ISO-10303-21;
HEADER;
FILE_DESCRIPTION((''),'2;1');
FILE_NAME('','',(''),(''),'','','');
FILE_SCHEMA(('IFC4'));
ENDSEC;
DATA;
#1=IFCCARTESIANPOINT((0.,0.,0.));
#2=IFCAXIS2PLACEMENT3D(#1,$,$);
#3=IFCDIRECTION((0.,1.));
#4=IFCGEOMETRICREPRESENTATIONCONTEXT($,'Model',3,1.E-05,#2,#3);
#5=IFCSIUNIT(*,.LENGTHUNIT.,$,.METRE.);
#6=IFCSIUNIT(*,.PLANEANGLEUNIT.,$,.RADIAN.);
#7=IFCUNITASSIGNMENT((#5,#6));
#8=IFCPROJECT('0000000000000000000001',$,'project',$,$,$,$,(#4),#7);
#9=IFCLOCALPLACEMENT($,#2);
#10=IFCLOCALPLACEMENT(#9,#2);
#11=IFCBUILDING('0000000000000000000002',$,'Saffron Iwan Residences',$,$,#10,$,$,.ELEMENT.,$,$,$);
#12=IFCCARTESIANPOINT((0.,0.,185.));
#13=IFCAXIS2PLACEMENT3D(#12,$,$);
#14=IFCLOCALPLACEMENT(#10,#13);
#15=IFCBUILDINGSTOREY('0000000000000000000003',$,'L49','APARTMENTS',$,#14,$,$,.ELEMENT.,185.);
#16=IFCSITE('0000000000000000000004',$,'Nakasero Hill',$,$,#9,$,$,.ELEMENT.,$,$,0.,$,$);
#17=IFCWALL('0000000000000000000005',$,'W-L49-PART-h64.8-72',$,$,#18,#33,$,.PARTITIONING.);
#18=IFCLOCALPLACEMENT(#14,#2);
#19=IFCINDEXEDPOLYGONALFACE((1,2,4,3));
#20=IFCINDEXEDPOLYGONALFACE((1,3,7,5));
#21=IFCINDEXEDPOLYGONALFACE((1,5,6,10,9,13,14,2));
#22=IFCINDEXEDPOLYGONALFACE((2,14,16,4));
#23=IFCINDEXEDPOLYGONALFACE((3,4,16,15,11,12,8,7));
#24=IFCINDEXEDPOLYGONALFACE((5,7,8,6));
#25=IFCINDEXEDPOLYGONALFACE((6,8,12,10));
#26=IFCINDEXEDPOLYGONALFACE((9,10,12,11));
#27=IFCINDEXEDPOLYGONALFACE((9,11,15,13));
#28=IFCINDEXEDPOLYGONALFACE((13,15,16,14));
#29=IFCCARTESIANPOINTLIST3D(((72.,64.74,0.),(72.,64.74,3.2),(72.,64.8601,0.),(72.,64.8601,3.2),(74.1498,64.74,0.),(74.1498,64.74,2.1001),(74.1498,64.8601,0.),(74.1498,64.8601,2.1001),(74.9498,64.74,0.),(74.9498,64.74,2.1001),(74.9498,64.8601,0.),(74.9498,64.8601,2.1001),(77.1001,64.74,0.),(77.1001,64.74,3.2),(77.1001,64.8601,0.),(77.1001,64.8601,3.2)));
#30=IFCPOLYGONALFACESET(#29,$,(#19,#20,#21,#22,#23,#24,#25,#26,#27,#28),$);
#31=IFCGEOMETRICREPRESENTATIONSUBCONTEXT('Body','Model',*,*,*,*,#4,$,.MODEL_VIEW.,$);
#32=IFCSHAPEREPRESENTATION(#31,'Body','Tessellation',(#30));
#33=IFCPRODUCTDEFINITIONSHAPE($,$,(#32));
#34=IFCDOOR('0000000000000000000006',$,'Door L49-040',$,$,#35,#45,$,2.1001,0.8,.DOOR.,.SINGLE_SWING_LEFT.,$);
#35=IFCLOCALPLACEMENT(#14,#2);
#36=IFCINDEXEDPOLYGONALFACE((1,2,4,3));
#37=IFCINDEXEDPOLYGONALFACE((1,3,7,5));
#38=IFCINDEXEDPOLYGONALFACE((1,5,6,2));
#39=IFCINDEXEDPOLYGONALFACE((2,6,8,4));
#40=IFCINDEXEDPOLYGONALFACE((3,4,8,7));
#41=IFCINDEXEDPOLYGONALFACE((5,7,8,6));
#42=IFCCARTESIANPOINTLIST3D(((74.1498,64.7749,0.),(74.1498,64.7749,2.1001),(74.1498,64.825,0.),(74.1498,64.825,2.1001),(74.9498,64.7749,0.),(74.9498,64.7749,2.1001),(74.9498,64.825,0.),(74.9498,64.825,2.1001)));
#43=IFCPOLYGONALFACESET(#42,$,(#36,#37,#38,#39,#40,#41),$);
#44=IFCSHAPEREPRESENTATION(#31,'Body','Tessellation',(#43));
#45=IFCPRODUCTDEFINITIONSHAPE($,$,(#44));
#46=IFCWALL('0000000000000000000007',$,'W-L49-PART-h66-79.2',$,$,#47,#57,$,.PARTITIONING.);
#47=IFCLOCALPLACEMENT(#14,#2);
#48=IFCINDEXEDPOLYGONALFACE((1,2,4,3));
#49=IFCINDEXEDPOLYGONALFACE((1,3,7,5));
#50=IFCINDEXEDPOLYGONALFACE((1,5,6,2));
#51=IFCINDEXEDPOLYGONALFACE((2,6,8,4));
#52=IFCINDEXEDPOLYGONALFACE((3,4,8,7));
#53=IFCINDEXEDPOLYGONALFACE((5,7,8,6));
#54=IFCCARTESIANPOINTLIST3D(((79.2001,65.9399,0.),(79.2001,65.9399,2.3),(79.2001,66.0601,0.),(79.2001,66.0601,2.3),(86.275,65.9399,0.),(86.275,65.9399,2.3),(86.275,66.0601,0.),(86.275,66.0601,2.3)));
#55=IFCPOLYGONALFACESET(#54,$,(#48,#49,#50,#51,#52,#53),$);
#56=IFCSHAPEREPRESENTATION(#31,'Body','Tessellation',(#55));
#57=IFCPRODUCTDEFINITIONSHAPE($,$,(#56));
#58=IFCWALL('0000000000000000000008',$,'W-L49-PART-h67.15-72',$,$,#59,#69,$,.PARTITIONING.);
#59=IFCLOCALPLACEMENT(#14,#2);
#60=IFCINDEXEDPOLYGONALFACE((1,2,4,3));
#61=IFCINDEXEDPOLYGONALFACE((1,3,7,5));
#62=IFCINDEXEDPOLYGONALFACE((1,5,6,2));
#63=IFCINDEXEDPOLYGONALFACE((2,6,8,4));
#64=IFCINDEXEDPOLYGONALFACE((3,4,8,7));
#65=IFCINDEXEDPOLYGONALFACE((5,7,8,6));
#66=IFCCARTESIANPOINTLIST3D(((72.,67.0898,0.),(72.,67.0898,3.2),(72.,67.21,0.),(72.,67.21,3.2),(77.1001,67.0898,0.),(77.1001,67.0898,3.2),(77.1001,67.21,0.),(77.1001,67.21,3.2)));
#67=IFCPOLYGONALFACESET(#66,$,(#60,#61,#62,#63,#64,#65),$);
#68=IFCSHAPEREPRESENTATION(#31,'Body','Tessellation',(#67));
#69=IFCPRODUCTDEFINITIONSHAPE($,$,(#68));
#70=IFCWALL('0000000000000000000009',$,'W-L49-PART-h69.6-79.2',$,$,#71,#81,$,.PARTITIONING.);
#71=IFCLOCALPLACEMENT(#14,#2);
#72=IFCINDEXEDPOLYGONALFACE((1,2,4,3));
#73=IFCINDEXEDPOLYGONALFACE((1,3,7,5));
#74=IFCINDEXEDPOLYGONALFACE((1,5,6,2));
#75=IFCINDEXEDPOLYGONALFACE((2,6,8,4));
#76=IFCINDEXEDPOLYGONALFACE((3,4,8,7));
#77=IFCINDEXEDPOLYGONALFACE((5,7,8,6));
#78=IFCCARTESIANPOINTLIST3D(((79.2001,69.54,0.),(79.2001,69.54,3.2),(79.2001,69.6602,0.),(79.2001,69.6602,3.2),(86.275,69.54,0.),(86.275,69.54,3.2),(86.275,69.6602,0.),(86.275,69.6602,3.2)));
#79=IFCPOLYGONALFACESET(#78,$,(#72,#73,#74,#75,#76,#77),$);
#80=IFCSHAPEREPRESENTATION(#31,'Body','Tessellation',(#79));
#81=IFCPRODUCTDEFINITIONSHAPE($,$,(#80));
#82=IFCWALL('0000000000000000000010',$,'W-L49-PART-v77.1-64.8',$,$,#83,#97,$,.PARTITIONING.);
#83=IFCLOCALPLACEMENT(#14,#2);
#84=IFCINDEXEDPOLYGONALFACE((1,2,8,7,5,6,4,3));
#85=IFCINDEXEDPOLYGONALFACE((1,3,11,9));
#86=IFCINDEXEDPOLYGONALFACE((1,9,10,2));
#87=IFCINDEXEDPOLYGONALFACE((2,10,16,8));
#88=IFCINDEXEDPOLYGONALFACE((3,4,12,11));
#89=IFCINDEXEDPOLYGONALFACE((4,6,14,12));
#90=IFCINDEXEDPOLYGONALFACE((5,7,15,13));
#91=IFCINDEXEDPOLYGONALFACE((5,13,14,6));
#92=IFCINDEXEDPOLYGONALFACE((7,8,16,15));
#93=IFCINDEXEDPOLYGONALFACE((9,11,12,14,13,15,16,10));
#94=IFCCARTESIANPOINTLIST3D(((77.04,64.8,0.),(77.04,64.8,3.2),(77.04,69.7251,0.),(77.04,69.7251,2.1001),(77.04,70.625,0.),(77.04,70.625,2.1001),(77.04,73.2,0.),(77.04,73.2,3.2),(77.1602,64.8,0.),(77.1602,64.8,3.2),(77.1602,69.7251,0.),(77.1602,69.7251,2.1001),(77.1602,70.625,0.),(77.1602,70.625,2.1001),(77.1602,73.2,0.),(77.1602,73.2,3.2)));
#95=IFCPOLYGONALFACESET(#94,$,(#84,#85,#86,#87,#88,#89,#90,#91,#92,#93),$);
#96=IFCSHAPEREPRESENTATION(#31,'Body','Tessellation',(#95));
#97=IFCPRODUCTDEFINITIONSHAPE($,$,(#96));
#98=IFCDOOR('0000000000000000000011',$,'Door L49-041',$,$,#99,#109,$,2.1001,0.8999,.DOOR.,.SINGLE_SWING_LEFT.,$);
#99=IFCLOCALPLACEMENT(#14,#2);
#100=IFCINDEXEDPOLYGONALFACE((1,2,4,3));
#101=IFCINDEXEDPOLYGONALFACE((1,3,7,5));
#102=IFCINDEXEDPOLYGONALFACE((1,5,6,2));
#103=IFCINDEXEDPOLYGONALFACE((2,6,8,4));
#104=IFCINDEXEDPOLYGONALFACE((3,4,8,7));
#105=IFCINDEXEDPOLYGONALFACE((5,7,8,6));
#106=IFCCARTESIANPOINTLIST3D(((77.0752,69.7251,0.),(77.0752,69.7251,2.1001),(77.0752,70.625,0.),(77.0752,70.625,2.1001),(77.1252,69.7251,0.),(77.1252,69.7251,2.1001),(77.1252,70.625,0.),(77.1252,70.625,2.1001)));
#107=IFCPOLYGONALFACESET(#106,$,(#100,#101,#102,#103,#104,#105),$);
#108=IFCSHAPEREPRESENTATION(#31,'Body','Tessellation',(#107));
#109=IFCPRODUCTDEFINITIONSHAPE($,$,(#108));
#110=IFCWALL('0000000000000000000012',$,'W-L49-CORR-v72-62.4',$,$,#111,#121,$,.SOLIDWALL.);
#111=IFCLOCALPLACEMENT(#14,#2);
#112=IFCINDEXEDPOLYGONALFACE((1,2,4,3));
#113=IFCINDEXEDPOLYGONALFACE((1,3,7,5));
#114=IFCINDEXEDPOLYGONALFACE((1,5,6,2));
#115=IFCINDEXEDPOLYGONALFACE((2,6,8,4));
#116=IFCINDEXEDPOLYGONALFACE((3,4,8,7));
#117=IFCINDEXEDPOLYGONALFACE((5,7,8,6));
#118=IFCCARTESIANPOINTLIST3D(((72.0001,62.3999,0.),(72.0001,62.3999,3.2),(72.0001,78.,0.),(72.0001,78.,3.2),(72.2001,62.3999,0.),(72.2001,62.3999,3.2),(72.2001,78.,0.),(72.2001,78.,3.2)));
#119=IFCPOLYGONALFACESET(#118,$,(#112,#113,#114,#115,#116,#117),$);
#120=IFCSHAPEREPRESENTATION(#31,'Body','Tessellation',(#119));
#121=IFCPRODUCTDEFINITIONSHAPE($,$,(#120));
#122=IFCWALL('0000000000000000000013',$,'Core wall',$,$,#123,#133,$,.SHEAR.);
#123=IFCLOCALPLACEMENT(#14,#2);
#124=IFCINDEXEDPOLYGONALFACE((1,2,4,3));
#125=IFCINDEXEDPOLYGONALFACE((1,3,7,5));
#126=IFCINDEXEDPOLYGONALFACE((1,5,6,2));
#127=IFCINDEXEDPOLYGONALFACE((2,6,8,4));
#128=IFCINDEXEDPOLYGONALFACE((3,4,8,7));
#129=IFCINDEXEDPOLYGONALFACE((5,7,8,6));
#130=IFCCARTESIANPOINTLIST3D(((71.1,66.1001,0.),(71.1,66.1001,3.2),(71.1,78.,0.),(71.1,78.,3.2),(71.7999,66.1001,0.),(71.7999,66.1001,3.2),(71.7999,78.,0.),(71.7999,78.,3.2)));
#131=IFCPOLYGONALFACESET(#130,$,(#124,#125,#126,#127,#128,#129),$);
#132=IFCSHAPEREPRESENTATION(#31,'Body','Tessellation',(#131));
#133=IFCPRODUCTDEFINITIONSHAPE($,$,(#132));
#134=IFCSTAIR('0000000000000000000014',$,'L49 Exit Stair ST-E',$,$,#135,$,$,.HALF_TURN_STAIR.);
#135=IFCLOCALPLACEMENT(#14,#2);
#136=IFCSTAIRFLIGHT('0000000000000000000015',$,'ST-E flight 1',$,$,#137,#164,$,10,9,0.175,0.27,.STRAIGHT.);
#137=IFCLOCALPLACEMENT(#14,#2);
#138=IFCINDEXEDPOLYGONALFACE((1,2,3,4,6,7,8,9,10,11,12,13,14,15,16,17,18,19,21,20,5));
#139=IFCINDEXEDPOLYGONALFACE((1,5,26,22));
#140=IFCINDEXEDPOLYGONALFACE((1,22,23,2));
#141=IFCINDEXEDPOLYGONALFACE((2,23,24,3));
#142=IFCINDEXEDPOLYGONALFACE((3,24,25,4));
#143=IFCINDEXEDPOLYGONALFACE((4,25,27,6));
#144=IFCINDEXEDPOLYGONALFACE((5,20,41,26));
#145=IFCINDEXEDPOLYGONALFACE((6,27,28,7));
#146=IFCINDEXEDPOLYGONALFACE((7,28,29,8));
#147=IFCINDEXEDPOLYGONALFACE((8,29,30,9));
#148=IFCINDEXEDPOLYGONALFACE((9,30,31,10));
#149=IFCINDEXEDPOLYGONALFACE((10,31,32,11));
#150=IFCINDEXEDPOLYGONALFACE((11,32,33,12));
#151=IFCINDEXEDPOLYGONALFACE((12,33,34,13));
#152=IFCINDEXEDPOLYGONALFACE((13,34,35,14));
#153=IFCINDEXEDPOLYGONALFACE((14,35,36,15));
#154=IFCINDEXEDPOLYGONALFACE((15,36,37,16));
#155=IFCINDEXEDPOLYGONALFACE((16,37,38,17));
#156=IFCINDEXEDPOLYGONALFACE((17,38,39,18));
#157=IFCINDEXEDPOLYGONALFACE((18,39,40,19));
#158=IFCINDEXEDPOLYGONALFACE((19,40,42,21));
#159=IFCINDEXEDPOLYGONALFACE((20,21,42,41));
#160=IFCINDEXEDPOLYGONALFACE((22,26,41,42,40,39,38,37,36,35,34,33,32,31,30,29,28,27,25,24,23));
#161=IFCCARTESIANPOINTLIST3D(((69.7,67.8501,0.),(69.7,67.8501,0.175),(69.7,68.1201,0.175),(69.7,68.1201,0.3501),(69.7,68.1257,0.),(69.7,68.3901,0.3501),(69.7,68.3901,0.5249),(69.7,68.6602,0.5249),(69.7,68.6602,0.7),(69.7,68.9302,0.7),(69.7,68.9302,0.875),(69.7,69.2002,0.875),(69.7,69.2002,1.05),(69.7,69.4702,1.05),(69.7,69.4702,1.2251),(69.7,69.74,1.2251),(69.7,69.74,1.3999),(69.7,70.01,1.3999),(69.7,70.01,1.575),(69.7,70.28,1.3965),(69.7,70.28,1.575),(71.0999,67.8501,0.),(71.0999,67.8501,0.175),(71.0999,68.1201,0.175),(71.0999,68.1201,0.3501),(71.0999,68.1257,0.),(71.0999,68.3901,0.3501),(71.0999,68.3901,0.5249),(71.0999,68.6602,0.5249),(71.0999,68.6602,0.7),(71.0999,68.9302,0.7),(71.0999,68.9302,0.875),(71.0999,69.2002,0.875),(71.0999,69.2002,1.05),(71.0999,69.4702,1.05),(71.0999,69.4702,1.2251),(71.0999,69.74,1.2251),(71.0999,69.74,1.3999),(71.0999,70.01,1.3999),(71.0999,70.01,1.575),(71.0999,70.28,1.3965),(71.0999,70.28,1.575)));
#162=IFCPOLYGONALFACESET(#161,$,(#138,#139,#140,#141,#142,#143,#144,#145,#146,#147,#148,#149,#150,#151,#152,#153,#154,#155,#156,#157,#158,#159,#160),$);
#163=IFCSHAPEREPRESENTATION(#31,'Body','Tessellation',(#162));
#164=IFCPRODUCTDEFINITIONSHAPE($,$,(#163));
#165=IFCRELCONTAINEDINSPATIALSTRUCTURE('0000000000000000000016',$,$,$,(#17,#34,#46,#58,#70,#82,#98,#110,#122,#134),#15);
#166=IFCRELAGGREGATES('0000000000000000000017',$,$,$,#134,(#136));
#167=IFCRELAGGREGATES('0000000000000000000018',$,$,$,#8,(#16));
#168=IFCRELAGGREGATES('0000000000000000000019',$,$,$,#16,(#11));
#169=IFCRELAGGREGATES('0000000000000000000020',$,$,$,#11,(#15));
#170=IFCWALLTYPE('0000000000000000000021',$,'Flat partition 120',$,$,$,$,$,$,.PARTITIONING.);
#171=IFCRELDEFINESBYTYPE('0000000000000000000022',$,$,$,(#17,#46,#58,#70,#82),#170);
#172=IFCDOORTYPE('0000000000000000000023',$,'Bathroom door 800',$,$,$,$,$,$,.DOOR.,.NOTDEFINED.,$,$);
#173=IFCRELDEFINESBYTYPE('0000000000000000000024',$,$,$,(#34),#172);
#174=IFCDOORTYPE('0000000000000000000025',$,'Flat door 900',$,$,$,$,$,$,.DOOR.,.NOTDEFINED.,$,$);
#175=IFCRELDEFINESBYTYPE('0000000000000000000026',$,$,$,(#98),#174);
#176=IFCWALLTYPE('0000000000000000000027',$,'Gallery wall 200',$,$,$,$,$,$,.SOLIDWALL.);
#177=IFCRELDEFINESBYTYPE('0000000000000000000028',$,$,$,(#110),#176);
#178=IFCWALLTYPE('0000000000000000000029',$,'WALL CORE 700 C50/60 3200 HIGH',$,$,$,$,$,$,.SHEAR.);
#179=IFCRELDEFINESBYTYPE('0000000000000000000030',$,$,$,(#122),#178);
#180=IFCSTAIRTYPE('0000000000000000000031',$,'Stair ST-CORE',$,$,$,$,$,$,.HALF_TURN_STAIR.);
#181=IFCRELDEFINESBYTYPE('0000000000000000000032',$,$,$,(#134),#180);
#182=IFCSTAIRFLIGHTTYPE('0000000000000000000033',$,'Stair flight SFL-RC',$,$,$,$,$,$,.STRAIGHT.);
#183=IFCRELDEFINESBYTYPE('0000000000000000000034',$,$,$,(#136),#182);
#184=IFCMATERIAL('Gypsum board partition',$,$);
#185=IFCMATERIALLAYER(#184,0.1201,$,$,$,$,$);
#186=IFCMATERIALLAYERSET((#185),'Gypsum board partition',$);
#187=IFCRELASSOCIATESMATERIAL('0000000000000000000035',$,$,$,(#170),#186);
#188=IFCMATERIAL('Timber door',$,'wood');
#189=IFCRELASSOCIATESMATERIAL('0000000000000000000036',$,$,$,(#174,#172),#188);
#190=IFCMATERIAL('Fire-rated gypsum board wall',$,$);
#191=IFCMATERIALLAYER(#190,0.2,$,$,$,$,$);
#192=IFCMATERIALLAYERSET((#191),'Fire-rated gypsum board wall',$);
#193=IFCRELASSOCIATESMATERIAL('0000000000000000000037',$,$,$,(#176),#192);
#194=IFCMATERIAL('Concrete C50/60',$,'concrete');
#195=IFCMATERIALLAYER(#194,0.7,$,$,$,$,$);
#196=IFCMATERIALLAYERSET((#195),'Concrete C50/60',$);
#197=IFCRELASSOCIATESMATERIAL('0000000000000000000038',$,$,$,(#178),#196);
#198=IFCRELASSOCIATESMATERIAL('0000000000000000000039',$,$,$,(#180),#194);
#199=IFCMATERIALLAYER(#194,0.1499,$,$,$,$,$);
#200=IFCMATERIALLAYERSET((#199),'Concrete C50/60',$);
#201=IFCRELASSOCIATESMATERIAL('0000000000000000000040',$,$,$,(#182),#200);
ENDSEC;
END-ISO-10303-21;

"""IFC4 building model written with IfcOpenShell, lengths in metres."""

from ifc_helpers import new_model, si_unit, direction, frame, frame_2d, origin, place, context, subcontext, project, spatial, polyline, rectangle, outline, extrude, material, layer, layer_set, type_object, element, fill, aggregate, save


model = new_model("IFC4")

# Units and contexts
model_context = context("Model", 3, precision=1e-05, world=origin(), true_north=direction((0.0, 1.0)))
body_context = subcontext(model_context, "Body", "Model", "MODEL_VIEW")
ifc_project = project(units=[si_unit("LENGTHUNIT", "METRE"), si_unit("PLANEANGLEUNIT", "RADIAN")], contexts=[model_context])

# Site, building, storey
site_placement = place(None, origin())
site = spatial("IfcSite", under=ifc_project, at=site_placement, Name="Nakasero Hill", CompositionType="ELEMENT", RefElevation=0.0)
building_placement = place(site_placement, origin())
building = spatial("IfcBuilding", under=site, at=building_placement, Name="Saffron Iwan Residences", CompositionType="ELEMENT")
storey_placement = place(building_placement, frame((0.0, 0.0, 185.0)))
storey = spatial("IfcBuildingStorey", under=building, at=storey_placement, Name="L49", Description="APARTMENTS", CompositionType="ELEMENT", Elevation=185.0)

# Shared definitions
ifc_material_1 = material(Name="Concrete C50/60", Category="concrete")

# Shared definitions
ifc_material_2 = material(Name="Fire-rated gypsum board wall")

# Wall, opening, door
ifc_material_3 = material(Name="Gypsum board partition")
ifc_layer_1 = layer(ifc_material_3, 0.1201)
ifc_layer_set_1 = layer_set([ifc_layer_1], Name="Gypsum board partition")
wall_type_1 = type_object("IfcWallType", Name="Flat partition 120", PredefinedType="PARTITIONING", material=ifc_layer_set_1)
ifc_material_4 = material(Name="Timber door", Category="wood")
door_type_1 = type_object("IfcDoorType", Name="Flat door 900", OperationType="NOTDEFINED", PredefinedType="DOOR", material=ifc_material_4)
wall_1_placement = place(storey_placement, frame((72.0, 64.8, 0.0), z_axis=(0.0, 0.0, 1.0), x_axis=(1.0, 0.0, 0.0)))
wall_1 = element("IfcWall", 1, at=wall_1_placement, inside=storey, type_object=wall_type_1, Name="W-L49-PART-h64.8-72", PredefinedType="PARTITIONING", context=body_context, shape_type="SweptSolid", body=[
    extrude(rectangle(XDim=5.1001, YDim=0.1201, at=frame_2d((2.55, 0.0))), origin(), (0.0, 0.0, 1.0), 3.2),
])
opening_1_placement = place(wall_1_placement, frame((2.1499, 0.0, 0.0)))
opening_1 = element("IfcOpeningElement", 2, at=opening_1_placement, cuts=wall_1, PredefinedType="OPENING", context=body_context, shape_type="SweptSolid", body=[
    extrude(rectangle(XDim=0.8, YDim=2.1001, at=frame_2d((0.3999, 1.05))), frame((0.0, 0.0701, 0.0), z_axis=(0.0, -1.0, 0.0), x_axis=(1.0, 0.0, 0.0)), (0.0, 0.0, 1.0), 0.1401),
])
door_type_2 = type_object("IfcDoorType", Name="Bathroom door 800", OperationType="NOTDEFINED", PredefinedType="DOOR", material=ifc_material_4)
door_1_placement = place(opening_1_placement, origin())
door_1 = element("IfcDoor", 3, at=door_1_placement, inside=storey, type_object=door_type_2, Name="Door L49-040", OperationType="SINGLE_SWING_LEFT", OverallHeight=2.1001, OverallWidth=0.8, PredefinedType="DOOR", context=body_context, shape_type="SweptSolid", body=[
    extrude(rectangle(XDim=0.8, YDim=2.1001, at=frame_2d((0.3999, 1.05))), frame((0.0, 0.0249, 0.0), z_axis=(0.0, -1.0, 0.0), x_axis=(1.0, 0.0, 0.0)), (0.0, 0.0, 1.0), 0.05),
])
fill(opening_1, door_1)

# Walls
wall_2_placement = place(storey_placement, frame((79.2, 66.0, 0.0), z_axis=(0.0, 0.0, 1.0), x_axis=(1.0, 0.0, 0.0)))
element("IfcWall", 4, at=wall_2_placement, inside=storey, type_object=wall_type_1, Name="W-L49-PART-h66-79.2", PredefinedType="PARTITIONING", context=body_context, shape_type="SweptSolid", body=[
    extrude(rectangle(XDim=7.075, YDim=0.1201, at=frame_2d((3.5376, 0.0))), origin(), (0.0, 0.0, 1.0), 2.3),
])
wall_3_placement = place(storey_placement, frame((72.0, 67.1499, 0.0), z_axis=(0.0, 0.0, 1.0), x_axis=(1.0, 0.0, 0.0)))
element("IfcWall", 5, at=wall_3_placement, inside=storey, type_object=wall_type_1, Name="W-L49-PART-h67.15-72", PredefinedType="PARTITIONING", context=body_context, shape_type="SweptSolid", body=[
    extrude(rectangle(XDim=5.1001, YDim=0.1201, at=frame_2d((2.55, 0.0))), origin(), (0.0, 0.0, 1.0), 3.2),
])
wall_4_placement = place(storey_placement, frame((79.2, 69.6001, 0.0), z_axis=(0.0, 0.0, 1.0), x_axis=(1.0, 0.0, 0.0)))
element("IfcWall", 6, at=wall_4_placement, inside=storey, type_object=wall_type_1, Name="W-L49-PART-h69.6-79.2", PredefinedType="PARTITIONING", context=body_context, shape_type="SweptSolid", body=[
    extrude(rectangle(XDim=7.075, YDim=0.1201, at=frame_2d((3.5376, 0.0))), origin(), (0.0, 0.0, 1.0), 3.2),
])

# Wall, opening, door
wall_5_placement = place(storey_placement, frame((77.1001, 64.8, 0.0), z_axis=(0.0, 0.0, 1.0), x_axis=(0.0, 1.0, 0.0)))
wall_5 = element("IfcWall", 7, at=wall_5_placement, inside=storey, type_object=wall_type_1, Name="W-L49-PART-v77.1-64.8", PredefinedType="PARTITIONING", context=body_context, shape_type="SweptSolid", body=[
    extrude(rectangle(XDim=8.3999, YDim=0.1201, at=frame_2d((4.2, 0.0))), origin(), (0.0, 0.0, 1.0), 3.2),
])
opening_2_placement = place(wall_5_placement, frame((4.925, 0.0, 0.0)))
opening_2 = element("IfcOpeningElement", 8, at=opening_2_placement, cuts=wall_5, PredefinedType="OPENING", context=body_context, shape_type="SweptSolid", body=[
    extrude(rectangle(XDim=0.8999, YDim=2.1001, at=frame_2d((0.45, 1.05))), frame((0.0, 0.0701, 0.0), z_axis=(0.0, -1.0, 0.0), x_axis=(1.0, 0.0, 0.0)), (0.0, 0.0, 1.0), 0.1401),
])
door_2_placement = place(opening_2_placement, origin())
door_2 = element("IfcDoor", 9, at=door_2_placement, inside=storey, type_object=door_type_1, Name="Door L49-041", OperationType="SINGLE_SWING_LEFT", OverallHeight=2.1001, OverallWidth=0.8999, PredefinedType="DOOR", context=body_context, shape_type="SweptSolid", body=[
    extrude(rectangle(XDim=0.8999, YDim=2.1001, at=frame_2d((0.45, 1.05))), frame((0.0, 0.0249, 0.0), z_axis=(0.0, -1.0, 0.0), x_axis=(1.0, 0.0, 0.0)), (0.0, 0.0, 1.0), 0.05),
])
fill(opening_2, door_2)

# Walls
ifc_layer_2 = layer(ifc_material_2, 0.2)
ifc_layer_set_2 = layer_set([ifc_layer_2], Name="Fire-rated gypsum board wall")
wall_type_2 = type_object("IfcWallType", Name="Gallery wall 200", PredefinedType="SOLIDWALL", material=ifc_layer_set_2)
wall_6_placement = place(storey_placement, frame((72.1001, 62.3999, 0.0), z_axis=(0.0, 0.0, 1.0), x_axis=(0.0, 1.0, 0.0)))
element("IfcWall", 10, at=wall_6_placement, inside=storey, type_object=wall_type_2, Name="W-L49-CORR-v72-62.4", PredefinedType="SOLIDWALL", context=body_context, shape_type="SweptSolid", body=[
    extrude(rectangle(XDim=15.6001, YDim=0.2, at=frame_2d((7.8, 0.0))), origin(), (0.0, 0.0, 1.0), 3.2),
])
ifc_layer_3 = layer(ifc_material_1, 0.7)
ifc_layer_set_3 = layer_set([ifc_layer_3], Name="Concrete C50/60")
wall_type_3 = type_object("IfcWallType", Name="WALL CORE 700 C50/60 3200 HIGH", PredefinedType="SHEAR", material=ifc_layer_set_3)
wall_7_placement = place(storey_placement, frame((71.45, 66.1001, 0.0), z_axis=(0.0, 0.0, 1.0), x_axis=(0.0, 1.0, 0.0)))
element("IfcWall", 11, at=wall_7_placement, inside=storey, type_object=wall_type_3, Name="Core wall", PredefinedType="SHEAR", context=body_context, shape_type="SweptSolid", body=[
    extrude(rectangle(XDim=11.8999, YDim=0.7, at=frame_2d((5.95, 0.0))), origin(), (0.0, 0.0, 1.0), 3.2),
])

# Stair, stair flight
stair_type = type_object("IfcStairType", Name="Stair ST-CORE", PredefinedType="HALF_TURN_STAIR", material=ifc_material_1)
stair_placement = place(storey_placement, origin())
stair = element("IfcStair", 12, at=stair_placement, inside=storey, type_object=stair_type, Name="L49 Exit Stair ST-E", PredefinedType="HALF_TURN_STAIR")
ifc_layer_4 = layer(ifc_material_1, 0.1499)
ifc_layer_set_4 = layer_set([ifc_layer_4], Name="Concrete C50/60")
stair_flight_type = type_object("IfcStairFlightType", Name="Stair flight SFL-RC", PredefinedType="STRAIGHT", material=ifc_layer_set_4)
stair_flight_placement = place(storey_placement, frame((70.3999, 67.8501, 0.0), z_axis=(0.0, 0.0, 1.0), x_axis=(0.0, 1.0, 0.0)))
stair_flight = element("IfcStairFlight", 13, at=stair_flight_placement, type_object=stair_flight_type, Name="ST-E flight 1", NumberOfRisers=10, NumberOfTreads=9, PredefinedType="STRAIGHT", RiserHeight=0.175, TreadLength=0.27, context=body_context, shape_type="SweptSolid", body=[
    extrude(outline(polyline([(0.0, 0.0), (0.0, 0.175), (0.27, 0.175), (0.27, 0.3501), (0.54, 0.3501), (0.54, 0.5249), (0.8101, 0.5249), (0.8101, 0.7), (1.0801, 0.7), (1.0801, 0.875), (1.3501, 0.875), (1.3501, 1.05), (1.6201, 1.05), (1.6201, 1.2251), (1.8899, 1.2251), (1.8899, 1.3999), (2.1599, 1.3999), (2.1599, 1.575), (2.4299, 1.575), (2.4299, 1.75), (2.4299, 1.3965), (0.2756, 0.0), (0.0, 0.0)])), frame((0.0, 0.7, 0.0), z_axis=(0.0, -1.0, 0.0), x_axis=(1.0, 0.0, 0.0)), (0.0, 0.0, 1.0), 1.3999),
])
aggregate(stair, [stair_flight])

save(model, "model.ifc")
